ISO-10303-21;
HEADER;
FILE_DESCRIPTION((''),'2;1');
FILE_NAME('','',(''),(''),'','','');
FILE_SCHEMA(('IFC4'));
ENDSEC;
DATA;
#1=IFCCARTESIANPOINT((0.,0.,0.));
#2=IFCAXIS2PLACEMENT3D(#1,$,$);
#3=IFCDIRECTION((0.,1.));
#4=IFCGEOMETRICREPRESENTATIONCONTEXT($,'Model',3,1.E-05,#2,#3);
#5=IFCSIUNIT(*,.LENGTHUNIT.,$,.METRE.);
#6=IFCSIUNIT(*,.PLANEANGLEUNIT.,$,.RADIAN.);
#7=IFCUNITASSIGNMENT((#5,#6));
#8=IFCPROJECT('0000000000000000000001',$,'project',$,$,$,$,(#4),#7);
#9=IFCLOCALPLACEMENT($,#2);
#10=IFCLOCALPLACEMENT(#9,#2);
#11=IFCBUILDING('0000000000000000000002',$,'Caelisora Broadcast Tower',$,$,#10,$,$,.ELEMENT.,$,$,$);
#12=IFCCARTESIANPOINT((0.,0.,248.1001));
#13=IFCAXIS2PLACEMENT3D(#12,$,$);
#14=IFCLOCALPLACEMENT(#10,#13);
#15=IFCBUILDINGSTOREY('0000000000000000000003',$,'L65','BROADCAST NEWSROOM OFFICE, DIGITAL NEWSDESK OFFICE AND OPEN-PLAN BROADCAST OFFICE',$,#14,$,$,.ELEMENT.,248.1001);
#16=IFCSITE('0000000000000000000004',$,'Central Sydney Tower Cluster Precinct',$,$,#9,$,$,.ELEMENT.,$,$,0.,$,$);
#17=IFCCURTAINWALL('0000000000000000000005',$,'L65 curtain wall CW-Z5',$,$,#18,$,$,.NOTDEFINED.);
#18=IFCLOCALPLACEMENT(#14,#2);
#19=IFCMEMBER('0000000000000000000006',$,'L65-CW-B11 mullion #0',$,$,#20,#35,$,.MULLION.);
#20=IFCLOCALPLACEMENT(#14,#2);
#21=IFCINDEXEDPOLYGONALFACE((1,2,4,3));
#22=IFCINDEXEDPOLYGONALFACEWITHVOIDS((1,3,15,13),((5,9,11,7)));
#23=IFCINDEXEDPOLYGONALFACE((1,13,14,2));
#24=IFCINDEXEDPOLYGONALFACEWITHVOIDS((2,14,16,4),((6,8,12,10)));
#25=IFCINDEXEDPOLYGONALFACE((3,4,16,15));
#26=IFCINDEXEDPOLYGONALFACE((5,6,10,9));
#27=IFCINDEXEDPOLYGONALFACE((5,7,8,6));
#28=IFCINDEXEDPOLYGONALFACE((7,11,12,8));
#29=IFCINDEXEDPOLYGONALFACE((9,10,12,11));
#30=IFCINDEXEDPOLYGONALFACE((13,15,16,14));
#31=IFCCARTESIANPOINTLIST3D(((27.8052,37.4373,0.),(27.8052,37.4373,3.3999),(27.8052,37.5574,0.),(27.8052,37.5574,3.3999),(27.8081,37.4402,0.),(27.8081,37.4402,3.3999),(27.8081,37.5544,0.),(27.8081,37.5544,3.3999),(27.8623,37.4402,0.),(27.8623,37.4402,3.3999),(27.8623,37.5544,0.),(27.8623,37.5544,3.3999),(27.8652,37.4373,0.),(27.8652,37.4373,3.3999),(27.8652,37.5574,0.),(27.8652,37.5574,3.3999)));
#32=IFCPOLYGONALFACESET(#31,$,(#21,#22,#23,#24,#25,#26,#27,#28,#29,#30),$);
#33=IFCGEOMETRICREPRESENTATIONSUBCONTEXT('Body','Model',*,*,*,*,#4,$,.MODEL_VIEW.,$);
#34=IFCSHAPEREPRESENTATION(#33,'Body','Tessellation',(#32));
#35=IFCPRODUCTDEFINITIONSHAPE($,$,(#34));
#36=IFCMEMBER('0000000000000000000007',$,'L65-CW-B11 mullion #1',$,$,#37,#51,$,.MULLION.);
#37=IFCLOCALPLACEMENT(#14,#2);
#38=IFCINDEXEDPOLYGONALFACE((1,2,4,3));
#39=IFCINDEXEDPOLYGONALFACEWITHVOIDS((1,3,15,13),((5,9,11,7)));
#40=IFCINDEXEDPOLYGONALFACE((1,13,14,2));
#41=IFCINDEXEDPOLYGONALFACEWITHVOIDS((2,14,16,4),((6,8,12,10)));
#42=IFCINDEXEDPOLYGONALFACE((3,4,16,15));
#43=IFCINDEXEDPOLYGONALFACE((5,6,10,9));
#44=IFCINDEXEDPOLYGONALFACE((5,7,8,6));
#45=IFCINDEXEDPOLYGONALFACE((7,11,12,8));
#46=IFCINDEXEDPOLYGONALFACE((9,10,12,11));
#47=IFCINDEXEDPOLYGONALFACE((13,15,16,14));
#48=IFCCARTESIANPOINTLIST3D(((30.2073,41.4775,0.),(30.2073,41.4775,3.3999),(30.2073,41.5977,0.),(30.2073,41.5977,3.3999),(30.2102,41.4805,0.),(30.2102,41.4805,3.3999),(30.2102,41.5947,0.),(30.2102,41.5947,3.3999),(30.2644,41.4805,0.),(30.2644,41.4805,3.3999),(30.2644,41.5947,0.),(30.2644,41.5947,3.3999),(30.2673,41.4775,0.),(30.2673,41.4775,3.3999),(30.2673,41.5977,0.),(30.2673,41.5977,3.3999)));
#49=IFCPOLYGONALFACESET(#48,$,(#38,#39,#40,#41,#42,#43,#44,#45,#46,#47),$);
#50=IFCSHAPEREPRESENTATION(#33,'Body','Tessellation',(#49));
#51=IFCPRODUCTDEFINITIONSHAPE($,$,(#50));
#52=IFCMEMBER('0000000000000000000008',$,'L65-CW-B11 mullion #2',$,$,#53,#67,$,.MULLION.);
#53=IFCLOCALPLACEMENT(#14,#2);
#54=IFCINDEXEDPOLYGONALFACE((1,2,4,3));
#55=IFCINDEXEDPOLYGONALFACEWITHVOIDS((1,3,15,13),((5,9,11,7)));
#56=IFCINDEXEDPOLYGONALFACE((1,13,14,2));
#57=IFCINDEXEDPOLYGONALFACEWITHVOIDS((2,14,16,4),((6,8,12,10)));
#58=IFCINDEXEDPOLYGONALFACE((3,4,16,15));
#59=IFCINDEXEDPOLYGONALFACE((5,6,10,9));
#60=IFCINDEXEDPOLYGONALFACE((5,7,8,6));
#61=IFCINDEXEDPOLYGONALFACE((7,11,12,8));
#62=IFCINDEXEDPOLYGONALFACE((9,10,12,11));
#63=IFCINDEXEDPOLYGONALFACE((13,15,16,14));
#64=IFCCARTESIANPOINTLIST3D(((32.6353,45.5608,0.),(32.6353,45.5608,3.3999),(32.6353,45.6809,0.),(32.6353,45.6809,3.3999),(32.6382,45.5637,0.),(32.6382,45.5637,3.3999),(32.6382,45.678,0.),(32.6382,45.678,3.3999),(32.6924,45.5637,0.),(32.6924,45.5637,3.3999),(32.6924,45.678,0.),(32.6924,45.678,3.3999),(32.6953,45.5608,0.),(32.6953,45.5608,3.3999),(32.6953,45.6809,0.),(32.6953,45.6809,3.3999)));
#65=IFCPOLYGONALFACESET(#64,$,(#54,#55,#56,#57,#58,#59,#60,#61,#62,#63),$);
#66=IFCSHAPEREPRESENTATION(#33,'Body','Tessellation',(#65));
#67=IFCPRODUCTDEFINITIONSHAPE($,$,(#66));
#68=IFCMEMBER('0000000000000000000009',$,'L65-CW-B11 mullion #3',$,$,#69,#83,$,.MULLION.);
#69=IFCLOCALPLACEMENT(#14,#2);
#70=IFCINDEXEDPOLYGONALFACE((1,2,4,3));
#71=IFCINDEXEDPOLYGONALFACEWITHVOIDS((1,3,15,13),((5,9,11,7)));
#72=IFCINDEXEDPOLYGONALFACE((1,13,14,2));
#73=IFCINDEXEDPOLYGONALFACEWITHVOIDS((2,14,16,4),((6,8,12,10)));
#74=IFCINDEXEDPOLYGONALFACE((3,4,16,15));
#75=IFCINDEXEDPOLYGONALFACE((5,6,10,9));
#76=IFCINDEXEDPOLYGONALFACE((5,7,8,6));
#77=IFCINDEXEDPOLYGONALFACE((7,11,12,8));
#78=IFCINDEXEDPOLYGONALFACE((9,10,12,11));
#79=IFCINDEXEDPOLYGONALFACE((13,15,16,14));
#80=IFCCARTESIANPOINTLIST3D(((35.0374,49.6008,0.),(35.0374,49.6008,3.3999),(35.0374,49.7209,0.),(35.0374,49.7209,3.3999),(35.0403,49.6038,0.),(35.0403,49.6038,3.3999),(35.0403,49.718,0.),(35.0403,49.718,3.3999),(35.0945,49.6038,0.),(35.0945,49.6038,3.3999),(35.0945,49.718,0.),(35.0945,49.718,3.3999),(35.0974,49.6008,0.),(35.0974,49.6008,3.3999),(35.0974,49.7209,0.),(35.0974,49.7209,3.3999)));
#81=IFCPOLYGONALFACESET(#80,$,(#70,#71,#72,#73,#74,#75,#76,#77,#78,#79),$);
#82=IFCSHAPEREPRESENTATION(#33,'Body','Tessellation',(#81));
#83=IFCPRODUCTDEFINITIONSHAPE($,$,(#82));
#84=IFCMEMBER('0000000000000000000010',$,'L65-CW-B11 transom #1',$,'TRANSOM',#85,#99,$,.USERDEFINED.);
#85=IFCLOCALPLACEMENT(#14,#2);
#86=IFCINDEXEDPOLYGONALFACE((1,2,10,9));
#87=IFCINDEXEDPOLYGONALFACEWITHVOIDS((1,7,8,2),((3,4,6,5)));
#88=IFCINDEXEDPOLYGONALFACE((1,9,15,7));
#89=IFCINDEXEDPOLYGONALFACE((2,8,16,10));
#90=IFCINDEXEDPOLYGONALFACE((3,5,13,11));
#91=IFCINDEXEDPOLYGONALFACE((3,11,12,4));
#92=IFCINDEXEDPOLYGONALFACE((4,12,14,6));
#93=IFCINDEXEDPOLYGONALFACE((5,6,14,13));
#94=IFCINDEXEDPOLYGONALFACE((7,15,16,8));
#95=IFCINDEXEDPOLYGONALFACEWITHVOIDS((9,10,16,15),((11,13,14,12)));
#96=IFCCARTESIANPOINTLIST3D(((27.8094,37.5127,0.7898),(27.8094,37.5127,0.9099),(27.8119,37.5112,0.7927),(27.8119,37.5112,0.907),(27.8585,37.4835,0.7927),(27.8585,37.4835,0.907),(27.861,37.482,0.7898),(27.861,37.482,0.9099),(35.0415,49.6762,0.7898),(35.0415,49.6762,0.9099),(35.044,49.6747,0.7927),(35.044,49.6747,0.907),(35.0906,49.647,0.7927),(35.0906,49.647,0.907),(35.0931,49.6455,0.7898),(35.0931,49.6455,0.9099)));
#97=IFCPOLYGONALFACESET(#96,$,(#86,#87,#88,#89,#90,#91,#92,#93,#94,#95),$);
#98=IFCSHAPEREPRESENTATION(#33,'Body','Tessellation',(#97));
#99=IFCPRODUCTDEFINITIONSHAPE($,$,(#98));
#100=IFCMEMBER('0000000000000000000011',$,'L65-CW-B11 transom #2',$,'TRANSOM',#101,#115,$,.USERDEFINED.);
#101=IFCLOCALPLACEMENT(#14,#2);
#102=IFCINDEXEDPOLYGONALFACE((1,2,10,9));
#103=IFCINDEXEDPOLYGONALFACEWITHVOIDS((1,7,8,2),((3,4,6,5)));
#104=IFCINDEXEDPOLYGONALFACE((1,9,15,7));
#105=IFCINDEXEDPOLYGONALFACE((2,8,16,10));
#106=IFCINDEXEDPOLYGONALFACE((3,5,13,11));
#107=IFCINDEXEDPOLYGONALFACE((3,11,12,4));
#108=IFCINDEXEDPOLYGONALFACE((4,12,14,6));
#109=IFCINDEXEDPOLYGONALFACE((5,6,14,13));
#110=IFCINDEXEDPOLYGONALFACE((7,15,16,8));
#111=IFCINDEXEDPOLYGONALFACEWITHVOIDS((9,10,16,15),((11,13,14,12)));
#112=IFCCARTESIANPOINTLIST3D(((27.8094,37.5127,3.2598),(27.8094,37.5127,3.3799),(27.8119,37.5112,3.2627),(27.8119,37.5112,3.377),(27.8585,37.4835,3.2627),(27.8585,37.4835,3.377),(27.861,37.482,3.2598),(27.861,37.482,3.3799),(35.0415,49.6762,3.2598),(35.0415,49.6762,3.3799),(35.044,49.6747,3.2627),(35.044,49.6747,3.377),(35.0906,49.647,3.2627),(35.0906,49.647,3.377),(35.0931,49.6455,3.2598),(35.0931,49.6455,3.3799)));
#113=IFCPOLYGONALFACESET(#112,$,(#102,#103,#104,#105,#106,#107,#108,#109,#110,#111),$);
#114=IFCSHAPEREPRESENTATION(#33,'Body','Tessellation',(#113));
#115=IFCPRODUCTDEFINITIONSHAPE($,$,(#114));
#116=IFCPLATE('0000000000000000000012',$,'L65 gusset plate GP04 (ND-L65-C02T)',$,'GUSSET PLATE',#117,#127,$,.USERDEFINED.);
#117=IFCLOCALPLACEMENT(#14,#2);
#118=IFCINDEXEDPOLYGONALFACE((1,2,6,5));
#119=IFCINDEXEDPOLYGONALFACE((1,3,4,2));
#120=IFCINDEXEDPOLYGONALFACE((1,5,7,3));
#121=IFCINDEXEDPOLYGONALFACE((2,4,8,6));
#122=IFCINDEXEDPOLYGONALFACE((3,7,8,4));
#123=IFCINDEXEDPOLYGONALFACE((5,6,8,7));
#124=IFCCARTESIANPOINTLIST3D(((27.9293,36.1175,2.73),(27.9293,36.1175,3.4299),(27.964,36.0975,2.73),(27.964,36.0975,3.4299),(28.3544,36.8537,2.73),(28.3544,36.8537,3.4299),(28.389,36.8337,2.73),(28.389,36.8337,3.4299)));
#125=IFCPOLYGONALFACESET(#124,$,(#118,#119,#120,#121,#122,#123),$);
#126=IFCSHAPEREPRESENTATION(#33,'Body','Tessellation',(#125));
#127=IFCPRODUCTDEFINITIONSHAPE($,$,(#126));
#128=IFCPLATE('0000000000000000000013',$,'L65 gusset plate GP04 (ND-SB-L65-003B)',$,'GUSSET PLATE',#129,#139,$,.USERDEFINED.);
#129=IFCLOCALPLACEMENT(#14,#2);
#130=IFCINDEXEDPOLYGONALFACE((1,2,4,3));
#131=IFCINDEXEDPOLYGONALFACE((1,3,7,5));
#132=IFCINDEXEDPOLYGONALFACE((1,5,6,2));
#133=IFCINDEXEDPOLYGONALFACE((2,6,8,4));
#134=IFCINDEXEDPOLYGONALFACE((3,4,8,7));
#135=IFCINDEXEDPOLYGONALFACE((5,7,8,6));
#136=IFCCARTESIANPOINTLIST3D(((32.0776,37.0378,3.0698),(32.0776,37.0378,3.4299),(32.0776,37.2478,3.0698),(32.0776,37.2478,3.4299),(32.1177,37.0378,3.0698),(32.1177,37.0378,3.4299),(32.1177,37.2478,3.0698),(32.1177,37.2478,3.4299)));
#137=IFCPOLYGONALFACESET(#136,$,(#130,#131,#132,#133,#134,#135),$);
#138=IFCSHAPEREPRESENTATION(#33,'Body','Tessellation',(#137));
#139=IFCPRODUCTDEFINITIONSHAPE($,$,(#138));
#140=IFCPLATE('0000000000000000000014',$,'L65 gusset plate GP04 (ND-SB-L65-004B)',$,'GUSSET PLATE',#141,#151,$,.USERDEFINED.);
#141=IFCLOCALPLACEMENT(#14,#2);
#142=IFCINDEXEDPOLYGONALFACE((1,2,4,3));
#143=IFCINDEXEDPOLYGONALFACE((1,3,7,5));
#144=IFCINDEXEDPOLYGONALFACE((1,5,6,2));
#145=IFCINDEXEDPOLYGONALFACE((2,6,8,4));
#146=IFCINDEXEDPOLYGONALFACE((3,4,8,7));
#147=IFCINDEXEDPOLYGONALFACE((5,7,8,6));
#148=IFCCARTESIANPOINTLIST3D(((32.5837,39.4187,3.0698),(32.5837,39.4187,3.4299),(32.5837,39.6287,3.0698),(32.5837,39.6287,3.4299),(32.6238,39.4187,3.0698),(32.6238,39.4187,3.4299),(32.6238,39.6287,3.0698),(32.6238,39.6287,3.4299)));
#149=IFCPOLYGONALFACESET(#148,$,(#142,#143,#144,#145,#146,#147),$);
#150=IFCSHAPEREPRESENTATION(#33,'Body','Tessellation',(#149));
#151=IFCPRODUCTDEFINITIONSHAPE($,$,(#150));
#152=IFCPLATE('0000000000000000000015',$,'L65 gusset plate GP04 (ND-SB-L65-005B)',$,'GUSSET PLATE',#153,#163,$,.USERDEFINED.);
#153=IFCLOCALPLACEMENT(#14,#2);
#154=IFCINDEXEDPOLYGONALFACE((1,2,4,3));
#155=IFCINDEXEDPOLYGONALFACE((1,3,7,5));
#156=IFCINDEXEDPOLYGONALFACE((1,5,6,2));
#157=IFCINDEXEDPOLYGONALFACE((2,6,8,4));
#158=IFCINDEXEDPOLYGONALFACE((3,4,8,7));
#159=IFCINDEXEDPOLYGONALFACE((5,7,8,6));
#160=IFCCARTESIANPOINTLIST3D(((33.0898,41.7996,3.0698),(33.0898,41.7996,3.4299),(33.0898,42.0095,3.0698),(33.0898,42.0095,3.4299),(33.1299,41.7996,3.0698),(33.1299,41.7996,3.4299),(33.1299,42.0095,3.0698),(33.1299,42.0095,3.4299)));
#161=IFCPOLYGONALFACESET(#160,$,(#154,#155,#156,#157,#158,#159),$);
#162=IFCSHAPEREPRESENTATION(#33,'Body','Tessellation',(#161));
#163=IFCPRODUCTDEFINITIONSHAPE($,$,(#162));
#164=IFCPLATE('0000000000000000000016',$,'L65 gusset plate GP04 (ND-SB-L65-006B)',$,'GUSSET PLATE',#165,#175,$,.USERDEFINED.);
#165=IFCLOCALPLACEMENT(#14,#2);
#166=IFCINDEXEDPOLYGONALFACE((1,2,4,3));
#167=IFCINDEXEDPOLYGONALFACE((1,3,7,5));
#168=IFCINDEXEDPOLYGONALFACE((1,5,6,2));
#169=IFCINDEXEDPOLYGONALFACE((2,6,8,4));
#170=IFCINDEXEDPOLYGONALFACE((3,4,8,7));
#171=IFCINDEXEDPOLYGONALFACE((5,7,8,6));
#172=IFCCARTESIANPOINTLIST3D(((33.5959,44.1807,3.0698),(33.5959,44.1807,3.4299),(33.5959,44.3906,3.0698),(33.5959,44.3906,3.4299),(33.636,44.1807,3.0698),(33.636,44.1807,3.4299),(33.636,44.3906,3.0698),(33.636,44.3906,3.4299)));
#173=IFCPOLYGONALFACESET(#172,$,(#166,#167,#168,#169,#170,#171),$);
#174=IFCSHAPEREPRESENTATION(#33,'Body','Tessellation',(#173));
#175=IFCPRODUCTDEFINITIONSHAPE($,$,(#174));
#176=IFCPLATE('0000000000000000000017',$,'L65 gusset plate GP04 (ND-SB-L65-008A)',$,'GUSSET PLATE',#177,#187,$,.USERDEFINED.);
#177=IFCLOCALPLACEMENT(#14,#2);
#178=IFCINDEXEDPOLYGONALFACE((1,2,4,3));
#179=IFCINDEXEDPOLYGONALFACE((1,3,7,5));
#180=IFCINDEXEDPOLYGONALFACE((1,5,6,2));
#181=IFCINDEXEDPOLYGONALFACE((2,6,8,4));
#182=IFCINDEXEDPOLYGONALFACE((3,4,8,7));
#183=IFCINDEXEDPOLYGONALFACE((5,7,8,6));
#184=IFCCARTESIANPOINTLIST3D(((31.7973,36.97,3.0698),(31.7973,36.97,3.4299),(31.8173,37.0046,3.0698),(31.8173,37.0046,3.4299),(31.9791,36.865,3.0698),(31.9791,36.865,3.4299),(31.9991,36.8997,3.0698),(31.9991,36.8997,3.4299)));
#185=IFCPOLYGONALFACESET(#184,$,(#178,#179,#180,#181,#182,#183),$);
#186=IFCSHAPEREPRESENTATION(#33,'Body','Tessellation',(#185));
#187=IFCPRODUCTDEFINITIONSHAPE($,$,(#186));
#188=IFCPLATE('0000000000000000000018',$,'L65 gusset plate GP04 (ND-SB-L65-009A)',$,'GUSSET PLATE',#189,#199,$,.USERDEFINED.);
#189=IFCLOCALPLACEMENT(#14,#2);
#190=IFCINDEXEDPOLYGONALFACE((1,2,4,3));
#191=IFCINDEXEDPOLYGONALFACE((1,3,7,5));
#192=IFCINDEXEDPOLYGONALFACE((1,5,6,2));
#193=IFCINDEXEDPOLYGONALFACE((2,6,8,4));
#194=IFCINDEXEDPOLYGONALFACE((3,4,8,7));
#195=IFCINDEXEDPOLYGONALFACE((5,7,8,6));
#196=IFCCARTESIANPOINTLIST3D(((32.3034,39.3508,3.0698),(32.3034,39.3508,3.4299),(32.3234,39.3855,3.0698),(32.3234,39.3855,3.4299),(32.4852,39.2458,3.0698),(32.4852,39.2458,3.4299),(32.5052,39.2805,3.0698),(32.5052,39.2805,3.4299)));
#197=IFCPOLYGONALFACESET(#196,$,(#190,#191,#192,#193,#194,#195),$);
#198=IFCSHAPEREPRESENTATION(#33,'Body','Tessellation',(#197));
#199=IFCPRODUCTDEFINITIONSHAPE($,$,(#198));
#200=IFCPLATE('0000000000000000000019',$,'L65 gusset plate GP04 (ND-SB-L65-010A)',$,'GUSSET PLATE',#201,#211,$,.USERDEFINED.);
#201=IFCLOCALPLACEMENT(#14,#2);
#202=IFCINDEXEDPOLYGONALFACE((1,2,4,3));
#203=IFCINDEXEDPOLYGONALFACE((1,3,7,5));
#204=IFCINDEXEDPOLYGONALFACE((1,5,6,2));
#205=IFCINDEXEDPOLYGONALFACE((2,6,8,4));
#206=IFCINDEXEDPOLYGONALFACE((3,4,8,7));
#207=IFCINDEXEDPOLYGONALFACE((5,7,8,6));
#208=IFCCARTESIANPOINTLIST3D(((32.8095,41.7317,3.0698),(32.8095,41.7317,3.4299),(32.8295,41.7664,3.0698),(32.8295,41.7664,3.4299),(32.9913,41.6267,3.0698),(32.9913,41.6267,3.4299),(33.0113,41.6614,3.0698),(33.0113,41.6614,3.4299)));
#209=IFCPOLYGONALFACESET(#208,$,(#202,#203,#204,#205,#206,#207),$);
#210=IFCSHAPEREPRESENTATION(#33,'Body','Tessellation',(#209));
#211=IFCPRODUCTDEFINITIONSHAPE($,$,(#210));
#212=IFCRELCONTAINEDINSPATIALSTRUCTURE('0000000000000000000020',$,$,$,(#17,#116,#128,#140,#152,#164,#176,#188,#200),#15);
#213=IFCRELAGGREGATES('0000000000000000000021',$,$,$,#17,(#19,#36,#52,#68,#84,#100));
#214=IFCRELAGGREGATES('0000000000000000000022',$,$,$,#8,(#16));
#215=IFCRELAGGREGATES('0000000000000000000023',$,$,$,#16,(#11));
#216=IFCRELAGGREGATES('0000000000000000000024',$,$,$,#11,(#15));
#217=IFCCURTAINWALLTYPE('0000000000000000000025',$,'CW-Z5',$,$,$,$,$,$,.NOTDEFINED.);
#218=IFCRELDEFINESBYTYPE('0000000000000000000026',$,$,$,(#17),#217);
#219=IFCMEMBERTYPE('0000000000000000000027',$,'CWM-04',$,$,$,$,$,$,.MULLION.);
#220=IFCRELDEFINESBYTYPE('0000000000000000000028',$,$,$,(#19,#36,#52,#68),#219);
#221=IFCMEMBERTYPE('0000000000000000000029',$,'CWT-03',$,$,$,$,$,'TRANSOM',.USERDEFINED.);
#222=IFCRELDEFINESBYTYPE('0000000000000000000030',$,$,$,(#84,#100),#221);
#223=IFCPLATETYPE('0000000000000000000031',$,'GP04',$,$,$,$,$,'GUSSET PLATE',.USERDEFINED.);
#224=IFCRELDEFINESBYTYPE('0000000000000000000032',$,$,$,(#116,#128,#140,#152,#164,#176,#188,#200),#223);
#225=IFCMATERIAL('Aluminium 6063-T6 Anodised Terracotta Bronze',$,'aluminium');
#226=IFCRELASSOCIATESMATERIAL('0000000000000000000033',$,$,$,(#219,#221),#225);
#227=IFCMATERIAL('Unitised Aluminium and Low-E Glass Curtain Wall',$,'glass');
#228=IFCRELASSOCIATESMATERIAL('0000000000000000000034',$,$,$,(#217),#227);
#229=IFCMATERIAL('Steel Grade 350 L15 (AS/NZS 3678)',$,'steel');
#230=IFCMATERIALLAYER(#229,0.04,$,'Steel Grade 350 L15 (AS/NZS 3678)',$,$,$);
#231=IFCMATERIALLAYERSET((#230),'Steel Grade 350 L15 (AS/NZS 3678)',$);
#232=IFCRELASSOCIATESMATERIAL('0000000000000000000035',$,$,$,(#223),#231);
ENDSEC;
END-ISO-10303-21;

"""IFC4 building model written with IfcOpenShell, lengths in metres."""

from ifc_helpers import new_model, si_unit, direction, frame, origin, origin_2d, place, context, subcontext, project, spatial, rectangle, hollow_rectangle, extrude, source, transform, mapped, material, layer, layer_set, material_profile, profile_set, type_object, type_shapes, element, aggregate, save


model = new_model("IFC4")

# Units and contexts
model_context = context("Model", 3, precision=1e-05, world=origin(), true_north=direction((0.0, 1.0)))
body_context = subcontext(model_context, "Body", "Model", "MODEL_VIEW")
ifc_project = project(units=[si_unit("LENGTHUNIT", "METRE"), si_unit("PLANEANGLEUNIT", "RADIAN")], contexts=[model_context])

# Site, building, storey
site_placement = place(None, origin())
site = spatial("IfcSite", under=ifc_project, at=site_placement, Name="Central Sydney Tower Cluster Precinct", CompositionType="ELEMENT", RefElevation=0.0)
building_placement = place(site_placement, origin())
building = spatial("IfcBuilding", under=site, at=building_placement, Name="Caelisora Broadcast Tower", CompositionType="ELEMENT")
storey_placement = place(building_placement, frame((0.0, 0.0, 248.1001)))
storey = spatial("IfcBuildingStorey", under=building, at=storey_placement, Name="L65", Description="BROADCAST NEWSROOM OFFICE, DIGITAL NEWSDESK OFFICE AND OPEN-PLAN BROADCAST OFFICE", CompositionType="ELEMENT", Elevation=248.1001)

# Shared definitions
ifc_material_1 = material(Name="Steel Grade 350 L15 (AS/NZS 3678)", Category="steel")

# Shared definitions
ifc_material_2 = material(Name="Aluminium 6063-T6 Anodised Terracotta Bronze", Category="aluminium")
ifc_material_profile_1 = material_profile(ifc_material_2, hollow_rectangle(XDim=0.0601, YDim=0.1201, WallThickness=0.0029, at=origin_2d()), Name="Aluminium 6063-T6 Anodised Terracotta Bronze")
ifc_profile_set_1 = profile_set([ifc_material_profile_1], Name="Aluminium 6063-T6 Anodised Terracotta Bronze")
member_type_1 = type_object("IfcMemberType", Name="CWM-04", PredefinedType="MULLION", material=ifc_profile_set_1)
shared_shape_1 = source(origin(), body_context, "Body", "SweptSolid", [
    extrude(hollow_rectangle(XDim=0.0601, YDim=0.1201, WallThickness=0.0029, at=origin_2d()), origin(), (0.0, 0.0, 1.0), 3.3999),
])
type_shapes(member_type_1, [shared_shape_1])

# Curtain wall, members
ifc_material_3 = material(Name="Unitised Aluminium and Low-E Glass Curtain Wall", Category="glass")
curtain_wall_type_1 = type_object("IfcCurtainWallType", Name="CW-Z5", PredefinedType="NOTDEFINED", material=ifc_material_3)
curtain_wall_1_placement = place(storey_placement, origin())
curtain_wall_1 = element("IfcCurtainWall", 1, at=curtain_wall_1_placement, inside=storey, type_object=curtain_wall_type_1, Name="L65 curtain wall CW-Z5", PredefinedType="NOTDEFINED")
member_1_placement = place(storey_placement, frame((27.8352, 37.4973, 0.0), z_axis=(0.0, 0.0, 1.0), x_axis=(1.0, 0.0, 0.0)))
member_1 = element("IfcMember", 2, at=member_1_placement, type_object=member_type_1, Name="L65-CW-B11 mullion #0", PredefinedType="MULLION", context=body_context, shape_type="MappedRepresentation", body=[
    mapped(shared_shape_1, transform((0.0, 0.0, 0.0), scale=1.0)),
])
member_2_placement = place(storey_placement, frame((30.2373, 41.5376, 0.0), z_axis=(0.0, 0.0, 1.0), x_axis=(1.0, 0.0, 0.0)))
member_2 = element("IfcMember", 3, at=member_2_placement, type_object=member_type_1, Name="L65-CW-B11 mullion #1", PredefinedType="MULLION", context=body_context, shape_type="MappedRepresentation", body=[
    mapped(shared_shape_1, transform((0.0, 0.0, 0.0), scale=1.0)),
])
member_3_placement = place(storey_placement, frame((32.6653, 45.6208, 0.0), z_axis=(0.0, 0.0, 1.0), x_axis=(1.0, 0.0, 0.0)))
member_3 = element("IfcMember", 4, at=member_3_placement, type_object=member_type_1, Name="L65-CW-B11 mullion #2", PredefinedType="MULLION", context=body_context, shape_type="MappedRepresentation", body=[
    mapped(shared_shape_1, transform((0.0, 0.0, 0.0), scale=1.0)),
])
member_4_placement = place(storey_placement, frame((35.0674, 49.6609, 0.0), z_axis=(0.0, 0.0, 1.0), x_axis=(1.0, 0.0, 0.0)))
member_4 = element("IfcMember", 5, at=member_4_placement, type_object=member_type_1, Name="L65-CW-B11 mullion #3", PredefinedType="MULLION", context=body_context, shape_type="MappedRepresentation", body=[
    mapped(shared_shape_1, transform((0.0, 0.0, 0.0), scale=1.0)),
])
ifc_material_profile_2 = material_profile(ifc_material_2, hollow_rectangle(XDim=0.0601, YDim=0.1201, WallThickness=0.0029, at=origin_2d()), Name="Aluminium 6063-T6 Anodised Terracotta Bronze")
ifc_profile_set_2 = profile_set([ifc_material_profile_2], Name="Aluminium 6063-T6 Anodised Terracotta Bronze")
member_type_2 = type_object("IfcMemberType", Name="CWT-03", ElementType="TRANSOM", PredefinedType="USERDEFINED", material=ifc_profile_set_2)
shared_shape_2 = source(origin(), body_context, "Body", "SweptSolid", [
    extrude(hollow_rectangle(XDim=0.0601, YDim=0.1201, WallThickness=0.0029, at=origin_2d()), origin(), (0.0, 0.0, 1.0), 14.1511),
])
type_shapes(member_type_2, [shared_shape_2])
member_5_placement = place(storey_placement, frame((27.8352, 37.4973, 0.8499), z_axis=(0.511064, 0.859543, 0.0), x_axis=(-0.859543, 0.511064, 0.0)))
member_5 = element("IfcMember", 6, at=member_5_placement, type_object=member_type_2, Name="L65-CW-B11 transom #1", ObjectType="TRANSOM", PredefinedType="USERDEFINED", context=body_context, shape_type="MappedRepresentation", body=[
    mapped(shared_shape_2, transform((0.0, 0.0, 0.0), scale=1.0)),
])
member_6_placement = place(storey_placement, frame((27.8352, 37.4973, 3.3198), z_axis=(0.511064, 0.859543, 0.0), x_axis=(-0.859543, 0.511064, 0.0)))
member_6 = element("IfcMember", 7, at=member_6_placement, type_object=member_type_2, Name="L65-CW-B11 transom #2", ObjectType="TRANSOM", PredefinedType="USERDEFINED", context=body_context, shape_type="MappedRepresentation", body=[
    mapped(shared_shape_2, transform((0.0, 0.0, 0.0), scale=1.0)),
])

# Plates
ifc_layer_1 = layer(ifc_material_1, 0.04, Name="Steel Grade 350 L15 (AS/NZS 3678)")
ifc_layer_set_1 = layer_set([ifc_layer_1], Name="Steel Grade 350 L15 (AS/NZS 3678)")
plate_type_1 = type_object("IfcPlateType", Name="GP04", ElementType="GUSSET PLATE", PredefinedType="USERDEFINED", material=ifc_layer_set_1)
shared_shape_3 = source(origin(), body_context, "Body", "SweptSolid", [
    extrude(rectangle(XDim=0.8501, YDim=0.04, at=origin_2d()), origin(), (0.0, 0.0, 1.0), 0.7),
])
plate_1_placement = place(storey_placement, frame((28.1592, 36.4756, 2.73), z_axis=(0.0, 0.0, 1.0), x_axis=(-0.5, -0.866025, 0.0)))
element("IfcPlate", 8, at=plate_1_placement, inside=storey, type_object=plate_type_1, Name="L65 gusset plate GP04 (ND-L65-C02T)", ObjectType="GUSSET PLATE", PredefinedType="USERDEFINED", context=body_context, shape_type="MappedRepresentation", body=[
    mapped(shared_shape_3, transform((0.0, 0.0, 0.0), scale=1.0)),
])
shared_shape_4 = source(origin(), body_context, "Body", "SweptSolid", [
    extrude(rectangle(XDim=0.21, YDim=0.04, at=origin_2d()), origin(), (0.0, 0.0, 1.0), 0.3601),
])
type_shapes(plate_type_1, [shared_shape_3, shared_shape_4])
for number, where, z_axis, x_axis, name in (
    (9, (32.0977, 37.1428, 3.0698), (0.0, 0.0, 1.0), (0.0, -1.0, 0.0), "L65 gusset plate GP04 (ND-SB-L65-003B)"),
    (10, (32.6038, 39.5237, 3.0698), (0.0, 0.0, 1.0), (0.0, -1.0, 0.0), "L65 gusset plate GP04 (ND-SB-L65-004B)"),
    (11, (33.1099, 41.9045, 3.0698), (0.0, 0.0, 1.0), (0.0, -1.0, 0.0), "L65 gusset plate GP04 (ND-SB-L65-005B)"),
    (12, (33.616, 44.2856, 3.0698), (0.0, 0.0, 1.0), (0.0, -1.0, 0.0), "L65 gusset plate GP04 (ND-SB-L65-006B)"),
    (13, (31.8982, 36.9348, 3.0698), (0.0, 0.0, 1.0), (0.866025, -0.5, 0.0), "L65 gusset plate GP04 (ND-SB-L65-008A)"),
    (14, (32.4043, 39.3157, 3.0698), (0.0, 0.0, 1.0), (0.866025, -0.5, 0.0), "L65 gusset plate GP04 (ND-SB-L65-009A)"),
    (15, (32.9104, 41.6965, 3.0698), (0.0, 0.0, 1.0), (0.866025, -0.5, 0.0), "L65 gusset plate GP04 (ND-SB-L65-010A)"),
):
    element("IfcPlate", number, at=place(storey_placement, frame(where, z_axis=z_axis, x_axis=x_axis)), inside=storey, type_object=plate_type_1, Name=name, ObjectType="GUSSET PLATE", PredefinedType="USERDEFINED", context=body_context, shape_type="MappedRepresentation", body=[
        mapped(shared_shape_4, transform((0.0, 0.0, 0.0), scale=1.0)),
    ])

aggregate(curtain_wall_1, [member_1, member_2, member_3, member_4, member_5, member_6])

save(model, "model.ifc")
